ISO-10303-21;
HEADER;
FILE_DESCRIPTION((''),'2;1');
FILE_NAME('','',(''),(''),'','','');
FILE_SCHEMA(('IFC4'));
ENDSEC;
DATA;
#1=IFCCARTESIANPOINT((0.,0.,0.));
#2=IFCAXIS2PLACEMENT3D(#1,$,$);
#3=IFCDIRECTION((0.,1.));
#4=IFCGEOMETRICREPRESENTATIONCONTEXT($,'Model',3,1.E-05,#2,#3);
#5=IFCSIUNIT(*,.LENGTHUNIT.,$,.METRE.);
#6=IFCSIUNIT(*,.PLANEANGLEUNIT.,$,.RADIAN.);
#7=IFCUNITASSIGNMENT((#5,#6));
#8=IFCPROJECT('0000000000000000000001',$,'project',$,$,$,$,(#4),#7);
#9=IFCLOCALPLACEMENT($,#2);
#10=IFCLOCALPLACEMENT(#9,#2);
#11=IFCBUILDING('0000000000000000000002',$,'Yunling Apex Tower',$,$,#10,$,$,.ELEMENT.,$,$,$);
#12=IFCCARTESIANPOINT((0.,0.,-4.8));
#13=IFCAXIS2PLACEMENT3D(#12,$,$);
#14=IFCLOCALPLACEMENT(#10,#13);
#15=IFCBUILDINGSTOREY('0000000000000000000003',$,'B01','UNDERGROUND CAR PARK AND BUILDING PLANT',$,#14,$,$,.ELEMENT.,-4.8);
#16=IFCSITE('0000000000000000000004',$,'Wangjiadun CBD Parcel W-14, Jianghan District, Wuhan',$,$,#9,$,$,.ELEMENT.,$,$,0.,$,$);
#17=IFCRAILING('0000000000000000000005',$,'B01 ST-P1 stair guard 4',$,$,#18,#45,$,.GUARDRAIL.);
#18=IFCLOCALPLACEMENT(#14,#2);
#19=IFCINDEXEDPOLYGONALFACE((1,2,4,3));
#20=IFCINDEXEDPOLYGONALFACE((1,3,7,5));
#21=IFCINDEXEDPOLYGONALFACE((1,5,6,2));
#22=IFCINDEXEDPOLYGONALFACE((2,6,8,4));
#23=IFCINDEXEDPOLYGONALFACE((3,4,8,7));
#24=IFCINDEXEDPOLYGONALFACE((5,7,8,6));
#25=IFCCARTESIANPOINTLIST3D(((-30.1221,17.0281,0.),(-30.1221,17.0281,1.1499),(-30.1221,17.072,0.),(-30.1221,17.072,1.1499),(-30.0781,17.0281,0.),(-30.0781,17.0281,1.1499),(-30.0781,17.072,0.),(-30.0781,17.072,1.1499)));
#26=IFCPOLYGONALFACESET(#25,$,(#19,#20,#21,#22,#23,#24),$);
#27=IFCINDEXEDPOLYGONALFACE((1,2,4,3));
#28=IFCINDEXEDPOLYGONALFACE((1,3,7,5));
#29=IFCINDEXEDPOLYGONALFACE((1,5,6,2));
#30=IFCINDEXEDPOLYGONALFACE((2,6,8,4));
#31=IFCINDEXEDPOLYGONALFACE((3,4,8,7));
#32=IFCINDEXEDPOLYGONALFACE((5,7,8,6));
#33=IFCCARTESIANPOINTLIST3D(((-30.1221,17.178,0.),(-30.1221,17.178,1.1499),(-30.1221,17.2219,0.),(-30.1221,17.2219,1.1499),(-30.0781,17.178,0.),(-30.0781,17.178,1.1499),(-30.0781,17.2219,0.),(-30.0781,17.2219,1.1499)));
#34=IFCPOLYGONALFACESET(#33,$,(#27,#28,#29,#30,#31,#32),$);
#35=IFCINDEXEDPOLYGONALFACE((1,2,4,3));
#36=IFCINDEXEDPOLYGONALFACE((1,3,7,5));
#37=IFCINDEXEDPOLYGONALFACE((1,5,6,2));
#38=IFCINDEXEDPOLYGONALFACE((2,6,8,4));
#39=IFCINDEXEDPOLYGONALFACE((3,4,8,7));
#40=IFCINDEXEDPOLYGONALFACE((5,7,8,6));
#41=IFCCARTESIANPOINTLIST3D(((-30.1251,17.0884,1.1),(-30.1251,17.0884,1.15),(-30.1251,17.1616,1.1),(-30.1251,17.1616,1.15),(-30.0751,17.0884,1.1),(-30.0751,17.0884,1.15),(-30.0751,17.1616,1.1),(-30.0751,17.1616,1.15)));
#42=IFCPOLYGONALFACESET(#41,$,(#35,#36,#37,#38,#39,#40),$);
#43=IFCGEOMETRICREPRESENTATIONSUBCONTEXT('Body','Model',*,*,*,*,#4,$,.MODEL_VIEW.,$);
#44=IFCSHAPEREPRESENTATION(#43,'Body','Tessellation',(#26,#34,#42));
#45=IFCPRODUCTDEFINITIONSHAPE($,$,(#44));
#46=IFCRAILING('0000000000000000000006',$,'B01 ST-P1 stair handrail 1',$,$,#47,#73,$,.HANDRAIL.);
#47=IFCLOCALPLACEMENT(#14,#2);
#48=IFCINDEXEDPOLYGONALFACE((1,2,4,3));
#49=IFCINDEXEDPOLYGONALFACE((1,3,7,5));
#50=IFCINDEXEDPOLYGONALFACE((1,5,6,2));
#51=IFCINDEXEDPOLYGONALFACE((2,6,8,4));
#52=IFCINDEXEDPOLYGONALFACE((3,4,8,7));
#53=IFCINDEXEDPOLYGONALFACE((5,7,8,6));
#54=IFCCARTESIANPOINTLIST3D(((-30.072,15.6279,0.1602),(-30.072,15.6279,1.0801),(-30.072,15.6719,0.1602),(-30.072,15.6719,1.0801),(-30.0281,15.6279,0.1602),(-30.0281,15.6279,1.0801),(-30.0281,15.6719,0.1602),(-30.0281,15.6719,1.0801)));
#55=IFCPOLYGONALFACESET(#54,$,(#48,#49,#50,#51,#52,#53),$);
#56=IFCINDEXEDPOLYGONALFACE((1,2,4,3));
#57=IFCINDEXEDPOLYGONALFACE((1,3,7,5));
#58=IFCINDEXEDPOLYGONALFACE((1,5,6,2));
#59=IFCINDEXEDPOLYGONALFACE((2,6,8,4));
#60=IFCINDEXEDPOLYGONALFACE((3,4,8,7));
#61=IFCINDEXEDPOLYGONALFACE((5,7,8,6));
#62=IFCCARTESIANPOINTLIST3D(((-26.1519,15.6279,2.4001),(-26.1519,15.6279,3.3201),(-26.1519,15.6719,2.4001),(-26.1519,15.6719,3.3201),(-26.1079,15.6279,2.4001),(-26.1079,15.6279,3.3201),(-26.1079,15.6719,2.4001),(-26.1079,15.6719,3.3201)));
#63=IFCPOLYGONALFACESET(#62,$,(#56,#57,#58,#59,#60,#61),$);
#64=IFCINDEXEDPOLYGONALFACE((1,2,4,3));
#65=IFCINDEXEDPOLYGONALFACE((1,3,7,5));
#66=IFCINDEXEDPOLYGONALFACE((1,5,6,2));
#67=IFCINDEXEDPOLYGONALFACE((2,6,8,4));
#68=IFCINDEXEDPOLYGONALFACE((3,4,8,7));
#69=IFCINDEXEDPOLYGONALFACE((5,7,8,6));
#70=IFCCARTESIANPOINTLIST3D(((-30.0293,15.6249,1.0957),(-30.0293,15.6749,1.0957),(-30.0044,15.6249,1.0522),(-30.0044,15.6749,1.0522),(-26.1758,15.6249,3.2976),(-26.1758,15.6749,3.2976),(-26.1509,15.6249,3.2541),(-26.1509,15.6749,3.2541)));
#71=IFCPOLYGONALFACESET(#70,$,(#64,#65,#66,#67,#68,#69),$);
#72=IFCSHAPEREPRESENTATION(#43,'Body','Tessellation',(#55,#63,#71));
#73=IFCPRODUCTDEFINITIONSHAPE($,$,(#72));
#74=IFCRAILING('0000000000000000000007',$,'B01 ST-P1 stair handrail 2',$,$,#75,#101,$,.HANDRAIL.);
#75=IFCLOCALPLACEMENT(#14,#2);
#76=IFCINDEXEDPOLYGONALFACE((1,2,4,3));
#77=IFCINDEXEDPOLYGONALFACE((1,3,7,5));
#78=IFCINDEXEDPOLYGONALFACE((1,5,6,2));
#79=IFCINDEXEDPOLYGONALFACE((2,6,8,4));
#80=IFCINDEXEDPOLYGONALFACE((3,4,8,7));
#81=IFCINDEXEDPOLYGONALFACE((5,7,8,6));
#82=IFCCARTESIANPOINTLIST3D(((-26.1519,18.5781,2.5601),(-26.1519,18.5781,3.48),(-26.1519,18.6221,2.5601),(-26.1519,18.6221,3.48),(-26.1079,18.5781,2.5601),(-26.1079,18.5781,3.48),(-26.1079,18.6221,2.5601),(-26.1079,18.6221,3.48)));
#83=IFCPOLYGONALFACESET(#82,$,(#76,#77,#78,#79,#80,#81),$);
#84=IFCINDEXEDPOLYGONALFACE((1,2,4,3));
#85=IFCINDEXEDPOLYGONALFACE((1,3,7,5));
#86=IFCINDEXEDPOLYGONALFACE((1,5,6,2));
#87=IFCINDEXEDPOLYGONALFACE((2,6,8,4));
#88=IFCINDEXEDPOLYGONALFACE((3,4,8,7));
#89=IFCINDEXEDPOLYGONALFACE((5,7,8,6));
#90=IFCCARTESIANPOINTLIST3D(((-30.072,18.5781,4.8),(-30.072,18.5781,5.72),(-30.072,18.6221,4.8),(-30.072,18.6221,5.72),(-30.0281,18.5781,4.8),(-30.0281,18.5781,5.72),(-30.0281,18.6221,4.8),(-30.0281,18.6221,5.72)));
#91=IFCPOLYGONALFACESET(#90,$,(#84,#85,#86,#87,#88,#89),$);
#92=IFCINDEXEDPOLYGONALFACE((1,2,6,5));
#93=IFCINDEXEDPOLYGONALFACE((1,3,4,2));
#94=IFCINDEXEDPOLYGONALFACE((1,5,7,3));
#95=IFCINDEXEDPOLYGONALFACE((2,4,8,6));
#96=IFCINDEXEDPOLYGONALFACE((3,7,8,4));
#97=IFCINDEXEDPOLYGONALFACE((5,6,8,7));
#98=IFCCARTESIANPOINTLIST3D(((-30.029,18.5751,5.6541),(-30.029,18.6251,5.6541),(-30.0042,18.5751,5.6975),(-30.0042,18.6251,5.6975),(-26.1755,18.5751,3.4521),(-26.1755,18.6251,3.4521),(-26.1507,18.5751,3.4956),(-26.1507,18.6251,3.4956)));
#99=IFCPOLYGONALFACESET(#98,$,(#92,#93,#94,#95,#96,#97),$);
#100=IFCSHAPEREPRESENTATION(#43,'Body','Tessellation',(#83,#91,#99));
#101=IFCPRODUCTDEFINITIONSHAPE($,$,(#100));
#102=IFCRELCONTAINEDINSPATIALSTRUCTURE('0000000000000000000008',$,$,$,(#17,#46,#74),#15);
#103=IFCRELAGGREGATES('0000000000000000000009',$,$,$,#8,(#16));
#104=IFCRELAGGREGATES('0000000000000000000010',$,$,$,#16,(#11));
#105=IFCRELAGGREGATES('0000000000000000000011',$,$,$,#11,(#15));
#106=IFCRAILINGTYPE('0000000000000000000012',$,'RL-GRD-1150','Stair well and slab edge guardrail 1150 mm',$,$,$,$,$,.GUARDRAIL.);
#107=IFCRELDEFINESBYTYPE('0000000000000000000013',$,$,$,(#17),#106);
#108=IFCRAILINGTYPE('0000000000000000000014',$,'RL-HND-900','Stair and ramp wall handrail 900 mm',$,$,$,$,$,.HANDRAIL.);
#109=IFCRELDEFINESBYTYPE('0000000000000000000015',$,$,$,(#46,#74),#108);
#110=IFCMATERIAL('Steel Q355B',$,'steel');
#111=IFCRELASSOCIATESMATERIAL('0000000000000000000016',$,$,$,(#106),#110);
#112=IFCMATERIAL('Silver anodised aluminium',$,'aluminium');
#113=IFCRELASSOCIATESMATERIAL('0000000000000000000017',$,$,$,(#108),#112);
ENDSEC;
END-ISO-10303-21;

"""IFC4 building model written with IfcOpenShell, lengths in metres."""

from ifc_helpers import new_model, si_unit, direction, frame, origin, origin_2d, place, context, subcontext, project, spatial, rectangle, extrude, material, type_object, element, save


model = new_model("IFC4")

# Units and contexts
model_context = context("Model", 3, precision=1e-05, world=origin(), true_north=direction((0.0, 1.0)))
body_context = subcontext(model_context, "Body", "Model", "MODEL_VIEW")
ifc_project = project(units=[si_unit("LENGTHUNIT", "METRE"), si_unit("PLANEANGLEUNIT", "RADIAN")], contexts=[model_context])

# Site, building, storey
site_placement = place(None, origin())
site = spatial("IfcSite", under=ifc_project, at=site_placement, Name="Wangjiadun CBD Parcel W-14, Jianghan District, Wuhan", CompositionType="ELEMENT", RefElevation=0.0)
building_placement = place(site_placement, origin())
building = spatial("IfcBuilding", under=site, at=building_placement, Name="Yunling Apex Tower", CompositionType="ELEMENT")
storey_placement = place(building_placement, frame((0.0, 0.0, -4.8)))
storey = spatial("IfcBuildingStorey", under=building, at=storey_placement, Name="B01", Description="UNDERGROUND CAR PARK AND BUILDING PLANT", CompositionType="ELEMENT", Elevation=-4.8)

# Shared definitions
ifc_material_1 = material(Name="Steel Q355B", Category="steel")

# Railings
railing_type_1 = type_object("IfcRailingType", Name="RL-GRD-1150", Description="Stair well and slab edge guardrail 1150 mm", PredefinedType="GUARDRAIL", material=ifc_material_1)
railing_1_placement = place(storey_placement, frame((-30.1001, 17.05, 0.0)))
element("IfcRailing", 1, at=railing_1_placement, inside=storey, type_object=railing_type_1, Name="B01 ST-P1 stair guard 4", PredefinedType="GUARDRAIL", context=body_context, shape_type="SweptSolid", body=[
    extrude(rectangle(XDim=0.0439, YDim=0.0439, at=origin_2d()), origin(), (0.0, 0.0, 1.0), 1.1499),
    extrude(rectangle(XDim=0.0439, YDim=0.0439, at=origin_2d()), frame((0.0, 0.1499, 0.0)), (0.0, 0.0, 1.0), 1.1499),
    extrude(rectangle(XDim=0.05, YDim=0.05, at=origin_2d()), frame((0.0, 0.0383, 1.125), z_axis=(0.0, 1.0, 0.0), x_axis=(-1.0, 0.0, 0.0)), (0.0, 0.0, 1.0), 0.0732),
])
ifc_material_2 = material(Name="Silver anodised aluminium", Category="aluminium")
railing_type_2 = type_object("IfcRailingType", Name="RL-HND-900", Description="Stair and ramp wall handrail 900 mm", PredefinedType="HANDRAIL", material=ifc_material_2)
railing_2_placement = place(storey_placement, frame((-30.05, 15.6499, 0.1602)))
element("IfcRailing", 2, at=railing_2_placement, inside=storey, type_object=railing_type_2, Name="B01 ST-P1 stair handrail 1", PredefinedType="HANDRAIL", context=body_context, shape_type="SweptSolid", body=[
    extrude(rectangle(XDim=0.0439, YDim=0.0439, at=origin_2d()), origin(), (0.0, 0.0, 1.0), 0.9199),
    extrude(rectangle(XDim=0.0439, YDim=0.0439, at=origin_2d()), frame((3.9202, 0.0, 2.24)), (0.0, 0.0, 1.0), 0.9199),
    extrude(rectangle(XDim=0.05, YDim=0.05, at=origin_2d()), frame((0.0332, 0.0, 0.9138), z_axis=(0.868253, 0.0, 0.496121), x_axis=(0.0, 1.0, 0.0)), (0.0, 0.0, 1.0), 4.4382),
])
railing_3_placement = place(storey_placement, frame((-26.1299, 18.6001, 2.5601)))
element("IfcRailing", 3, at=railing_3_placement, inside=storey, type_object=railing_type_2, Name="B01 ST-P1 stair handrail 2", PredefinedType="HANDRAIL", context=body_context, shape_type="SweptSolid", body=[
    extrude(rectangle(XDim=0.0439, YDim=0.0439, at=origin_2d()), origin(), (0.0, 0.0, 1.0), 0.9199),
    extrude(rectangle(XDim=0.0439, YDim=0.0439, at=origin_2d()), frame((-3.9202, 0.0, 2.24)), (0.0, 0.0, 1.0), 0.9199),
    extrude(rectangle(XDim=0.05, YDim=0.05, at=origin_2d()), frame((-0.0332, 0.0, 0.9138), z_axis=(-0.868253, 0.0, 0.496121), x_axis=(0.0, -1.0, 0.0)), (0.0, 0.0, 1.0), 4.4382),
])

save(model, "model.ifc")
